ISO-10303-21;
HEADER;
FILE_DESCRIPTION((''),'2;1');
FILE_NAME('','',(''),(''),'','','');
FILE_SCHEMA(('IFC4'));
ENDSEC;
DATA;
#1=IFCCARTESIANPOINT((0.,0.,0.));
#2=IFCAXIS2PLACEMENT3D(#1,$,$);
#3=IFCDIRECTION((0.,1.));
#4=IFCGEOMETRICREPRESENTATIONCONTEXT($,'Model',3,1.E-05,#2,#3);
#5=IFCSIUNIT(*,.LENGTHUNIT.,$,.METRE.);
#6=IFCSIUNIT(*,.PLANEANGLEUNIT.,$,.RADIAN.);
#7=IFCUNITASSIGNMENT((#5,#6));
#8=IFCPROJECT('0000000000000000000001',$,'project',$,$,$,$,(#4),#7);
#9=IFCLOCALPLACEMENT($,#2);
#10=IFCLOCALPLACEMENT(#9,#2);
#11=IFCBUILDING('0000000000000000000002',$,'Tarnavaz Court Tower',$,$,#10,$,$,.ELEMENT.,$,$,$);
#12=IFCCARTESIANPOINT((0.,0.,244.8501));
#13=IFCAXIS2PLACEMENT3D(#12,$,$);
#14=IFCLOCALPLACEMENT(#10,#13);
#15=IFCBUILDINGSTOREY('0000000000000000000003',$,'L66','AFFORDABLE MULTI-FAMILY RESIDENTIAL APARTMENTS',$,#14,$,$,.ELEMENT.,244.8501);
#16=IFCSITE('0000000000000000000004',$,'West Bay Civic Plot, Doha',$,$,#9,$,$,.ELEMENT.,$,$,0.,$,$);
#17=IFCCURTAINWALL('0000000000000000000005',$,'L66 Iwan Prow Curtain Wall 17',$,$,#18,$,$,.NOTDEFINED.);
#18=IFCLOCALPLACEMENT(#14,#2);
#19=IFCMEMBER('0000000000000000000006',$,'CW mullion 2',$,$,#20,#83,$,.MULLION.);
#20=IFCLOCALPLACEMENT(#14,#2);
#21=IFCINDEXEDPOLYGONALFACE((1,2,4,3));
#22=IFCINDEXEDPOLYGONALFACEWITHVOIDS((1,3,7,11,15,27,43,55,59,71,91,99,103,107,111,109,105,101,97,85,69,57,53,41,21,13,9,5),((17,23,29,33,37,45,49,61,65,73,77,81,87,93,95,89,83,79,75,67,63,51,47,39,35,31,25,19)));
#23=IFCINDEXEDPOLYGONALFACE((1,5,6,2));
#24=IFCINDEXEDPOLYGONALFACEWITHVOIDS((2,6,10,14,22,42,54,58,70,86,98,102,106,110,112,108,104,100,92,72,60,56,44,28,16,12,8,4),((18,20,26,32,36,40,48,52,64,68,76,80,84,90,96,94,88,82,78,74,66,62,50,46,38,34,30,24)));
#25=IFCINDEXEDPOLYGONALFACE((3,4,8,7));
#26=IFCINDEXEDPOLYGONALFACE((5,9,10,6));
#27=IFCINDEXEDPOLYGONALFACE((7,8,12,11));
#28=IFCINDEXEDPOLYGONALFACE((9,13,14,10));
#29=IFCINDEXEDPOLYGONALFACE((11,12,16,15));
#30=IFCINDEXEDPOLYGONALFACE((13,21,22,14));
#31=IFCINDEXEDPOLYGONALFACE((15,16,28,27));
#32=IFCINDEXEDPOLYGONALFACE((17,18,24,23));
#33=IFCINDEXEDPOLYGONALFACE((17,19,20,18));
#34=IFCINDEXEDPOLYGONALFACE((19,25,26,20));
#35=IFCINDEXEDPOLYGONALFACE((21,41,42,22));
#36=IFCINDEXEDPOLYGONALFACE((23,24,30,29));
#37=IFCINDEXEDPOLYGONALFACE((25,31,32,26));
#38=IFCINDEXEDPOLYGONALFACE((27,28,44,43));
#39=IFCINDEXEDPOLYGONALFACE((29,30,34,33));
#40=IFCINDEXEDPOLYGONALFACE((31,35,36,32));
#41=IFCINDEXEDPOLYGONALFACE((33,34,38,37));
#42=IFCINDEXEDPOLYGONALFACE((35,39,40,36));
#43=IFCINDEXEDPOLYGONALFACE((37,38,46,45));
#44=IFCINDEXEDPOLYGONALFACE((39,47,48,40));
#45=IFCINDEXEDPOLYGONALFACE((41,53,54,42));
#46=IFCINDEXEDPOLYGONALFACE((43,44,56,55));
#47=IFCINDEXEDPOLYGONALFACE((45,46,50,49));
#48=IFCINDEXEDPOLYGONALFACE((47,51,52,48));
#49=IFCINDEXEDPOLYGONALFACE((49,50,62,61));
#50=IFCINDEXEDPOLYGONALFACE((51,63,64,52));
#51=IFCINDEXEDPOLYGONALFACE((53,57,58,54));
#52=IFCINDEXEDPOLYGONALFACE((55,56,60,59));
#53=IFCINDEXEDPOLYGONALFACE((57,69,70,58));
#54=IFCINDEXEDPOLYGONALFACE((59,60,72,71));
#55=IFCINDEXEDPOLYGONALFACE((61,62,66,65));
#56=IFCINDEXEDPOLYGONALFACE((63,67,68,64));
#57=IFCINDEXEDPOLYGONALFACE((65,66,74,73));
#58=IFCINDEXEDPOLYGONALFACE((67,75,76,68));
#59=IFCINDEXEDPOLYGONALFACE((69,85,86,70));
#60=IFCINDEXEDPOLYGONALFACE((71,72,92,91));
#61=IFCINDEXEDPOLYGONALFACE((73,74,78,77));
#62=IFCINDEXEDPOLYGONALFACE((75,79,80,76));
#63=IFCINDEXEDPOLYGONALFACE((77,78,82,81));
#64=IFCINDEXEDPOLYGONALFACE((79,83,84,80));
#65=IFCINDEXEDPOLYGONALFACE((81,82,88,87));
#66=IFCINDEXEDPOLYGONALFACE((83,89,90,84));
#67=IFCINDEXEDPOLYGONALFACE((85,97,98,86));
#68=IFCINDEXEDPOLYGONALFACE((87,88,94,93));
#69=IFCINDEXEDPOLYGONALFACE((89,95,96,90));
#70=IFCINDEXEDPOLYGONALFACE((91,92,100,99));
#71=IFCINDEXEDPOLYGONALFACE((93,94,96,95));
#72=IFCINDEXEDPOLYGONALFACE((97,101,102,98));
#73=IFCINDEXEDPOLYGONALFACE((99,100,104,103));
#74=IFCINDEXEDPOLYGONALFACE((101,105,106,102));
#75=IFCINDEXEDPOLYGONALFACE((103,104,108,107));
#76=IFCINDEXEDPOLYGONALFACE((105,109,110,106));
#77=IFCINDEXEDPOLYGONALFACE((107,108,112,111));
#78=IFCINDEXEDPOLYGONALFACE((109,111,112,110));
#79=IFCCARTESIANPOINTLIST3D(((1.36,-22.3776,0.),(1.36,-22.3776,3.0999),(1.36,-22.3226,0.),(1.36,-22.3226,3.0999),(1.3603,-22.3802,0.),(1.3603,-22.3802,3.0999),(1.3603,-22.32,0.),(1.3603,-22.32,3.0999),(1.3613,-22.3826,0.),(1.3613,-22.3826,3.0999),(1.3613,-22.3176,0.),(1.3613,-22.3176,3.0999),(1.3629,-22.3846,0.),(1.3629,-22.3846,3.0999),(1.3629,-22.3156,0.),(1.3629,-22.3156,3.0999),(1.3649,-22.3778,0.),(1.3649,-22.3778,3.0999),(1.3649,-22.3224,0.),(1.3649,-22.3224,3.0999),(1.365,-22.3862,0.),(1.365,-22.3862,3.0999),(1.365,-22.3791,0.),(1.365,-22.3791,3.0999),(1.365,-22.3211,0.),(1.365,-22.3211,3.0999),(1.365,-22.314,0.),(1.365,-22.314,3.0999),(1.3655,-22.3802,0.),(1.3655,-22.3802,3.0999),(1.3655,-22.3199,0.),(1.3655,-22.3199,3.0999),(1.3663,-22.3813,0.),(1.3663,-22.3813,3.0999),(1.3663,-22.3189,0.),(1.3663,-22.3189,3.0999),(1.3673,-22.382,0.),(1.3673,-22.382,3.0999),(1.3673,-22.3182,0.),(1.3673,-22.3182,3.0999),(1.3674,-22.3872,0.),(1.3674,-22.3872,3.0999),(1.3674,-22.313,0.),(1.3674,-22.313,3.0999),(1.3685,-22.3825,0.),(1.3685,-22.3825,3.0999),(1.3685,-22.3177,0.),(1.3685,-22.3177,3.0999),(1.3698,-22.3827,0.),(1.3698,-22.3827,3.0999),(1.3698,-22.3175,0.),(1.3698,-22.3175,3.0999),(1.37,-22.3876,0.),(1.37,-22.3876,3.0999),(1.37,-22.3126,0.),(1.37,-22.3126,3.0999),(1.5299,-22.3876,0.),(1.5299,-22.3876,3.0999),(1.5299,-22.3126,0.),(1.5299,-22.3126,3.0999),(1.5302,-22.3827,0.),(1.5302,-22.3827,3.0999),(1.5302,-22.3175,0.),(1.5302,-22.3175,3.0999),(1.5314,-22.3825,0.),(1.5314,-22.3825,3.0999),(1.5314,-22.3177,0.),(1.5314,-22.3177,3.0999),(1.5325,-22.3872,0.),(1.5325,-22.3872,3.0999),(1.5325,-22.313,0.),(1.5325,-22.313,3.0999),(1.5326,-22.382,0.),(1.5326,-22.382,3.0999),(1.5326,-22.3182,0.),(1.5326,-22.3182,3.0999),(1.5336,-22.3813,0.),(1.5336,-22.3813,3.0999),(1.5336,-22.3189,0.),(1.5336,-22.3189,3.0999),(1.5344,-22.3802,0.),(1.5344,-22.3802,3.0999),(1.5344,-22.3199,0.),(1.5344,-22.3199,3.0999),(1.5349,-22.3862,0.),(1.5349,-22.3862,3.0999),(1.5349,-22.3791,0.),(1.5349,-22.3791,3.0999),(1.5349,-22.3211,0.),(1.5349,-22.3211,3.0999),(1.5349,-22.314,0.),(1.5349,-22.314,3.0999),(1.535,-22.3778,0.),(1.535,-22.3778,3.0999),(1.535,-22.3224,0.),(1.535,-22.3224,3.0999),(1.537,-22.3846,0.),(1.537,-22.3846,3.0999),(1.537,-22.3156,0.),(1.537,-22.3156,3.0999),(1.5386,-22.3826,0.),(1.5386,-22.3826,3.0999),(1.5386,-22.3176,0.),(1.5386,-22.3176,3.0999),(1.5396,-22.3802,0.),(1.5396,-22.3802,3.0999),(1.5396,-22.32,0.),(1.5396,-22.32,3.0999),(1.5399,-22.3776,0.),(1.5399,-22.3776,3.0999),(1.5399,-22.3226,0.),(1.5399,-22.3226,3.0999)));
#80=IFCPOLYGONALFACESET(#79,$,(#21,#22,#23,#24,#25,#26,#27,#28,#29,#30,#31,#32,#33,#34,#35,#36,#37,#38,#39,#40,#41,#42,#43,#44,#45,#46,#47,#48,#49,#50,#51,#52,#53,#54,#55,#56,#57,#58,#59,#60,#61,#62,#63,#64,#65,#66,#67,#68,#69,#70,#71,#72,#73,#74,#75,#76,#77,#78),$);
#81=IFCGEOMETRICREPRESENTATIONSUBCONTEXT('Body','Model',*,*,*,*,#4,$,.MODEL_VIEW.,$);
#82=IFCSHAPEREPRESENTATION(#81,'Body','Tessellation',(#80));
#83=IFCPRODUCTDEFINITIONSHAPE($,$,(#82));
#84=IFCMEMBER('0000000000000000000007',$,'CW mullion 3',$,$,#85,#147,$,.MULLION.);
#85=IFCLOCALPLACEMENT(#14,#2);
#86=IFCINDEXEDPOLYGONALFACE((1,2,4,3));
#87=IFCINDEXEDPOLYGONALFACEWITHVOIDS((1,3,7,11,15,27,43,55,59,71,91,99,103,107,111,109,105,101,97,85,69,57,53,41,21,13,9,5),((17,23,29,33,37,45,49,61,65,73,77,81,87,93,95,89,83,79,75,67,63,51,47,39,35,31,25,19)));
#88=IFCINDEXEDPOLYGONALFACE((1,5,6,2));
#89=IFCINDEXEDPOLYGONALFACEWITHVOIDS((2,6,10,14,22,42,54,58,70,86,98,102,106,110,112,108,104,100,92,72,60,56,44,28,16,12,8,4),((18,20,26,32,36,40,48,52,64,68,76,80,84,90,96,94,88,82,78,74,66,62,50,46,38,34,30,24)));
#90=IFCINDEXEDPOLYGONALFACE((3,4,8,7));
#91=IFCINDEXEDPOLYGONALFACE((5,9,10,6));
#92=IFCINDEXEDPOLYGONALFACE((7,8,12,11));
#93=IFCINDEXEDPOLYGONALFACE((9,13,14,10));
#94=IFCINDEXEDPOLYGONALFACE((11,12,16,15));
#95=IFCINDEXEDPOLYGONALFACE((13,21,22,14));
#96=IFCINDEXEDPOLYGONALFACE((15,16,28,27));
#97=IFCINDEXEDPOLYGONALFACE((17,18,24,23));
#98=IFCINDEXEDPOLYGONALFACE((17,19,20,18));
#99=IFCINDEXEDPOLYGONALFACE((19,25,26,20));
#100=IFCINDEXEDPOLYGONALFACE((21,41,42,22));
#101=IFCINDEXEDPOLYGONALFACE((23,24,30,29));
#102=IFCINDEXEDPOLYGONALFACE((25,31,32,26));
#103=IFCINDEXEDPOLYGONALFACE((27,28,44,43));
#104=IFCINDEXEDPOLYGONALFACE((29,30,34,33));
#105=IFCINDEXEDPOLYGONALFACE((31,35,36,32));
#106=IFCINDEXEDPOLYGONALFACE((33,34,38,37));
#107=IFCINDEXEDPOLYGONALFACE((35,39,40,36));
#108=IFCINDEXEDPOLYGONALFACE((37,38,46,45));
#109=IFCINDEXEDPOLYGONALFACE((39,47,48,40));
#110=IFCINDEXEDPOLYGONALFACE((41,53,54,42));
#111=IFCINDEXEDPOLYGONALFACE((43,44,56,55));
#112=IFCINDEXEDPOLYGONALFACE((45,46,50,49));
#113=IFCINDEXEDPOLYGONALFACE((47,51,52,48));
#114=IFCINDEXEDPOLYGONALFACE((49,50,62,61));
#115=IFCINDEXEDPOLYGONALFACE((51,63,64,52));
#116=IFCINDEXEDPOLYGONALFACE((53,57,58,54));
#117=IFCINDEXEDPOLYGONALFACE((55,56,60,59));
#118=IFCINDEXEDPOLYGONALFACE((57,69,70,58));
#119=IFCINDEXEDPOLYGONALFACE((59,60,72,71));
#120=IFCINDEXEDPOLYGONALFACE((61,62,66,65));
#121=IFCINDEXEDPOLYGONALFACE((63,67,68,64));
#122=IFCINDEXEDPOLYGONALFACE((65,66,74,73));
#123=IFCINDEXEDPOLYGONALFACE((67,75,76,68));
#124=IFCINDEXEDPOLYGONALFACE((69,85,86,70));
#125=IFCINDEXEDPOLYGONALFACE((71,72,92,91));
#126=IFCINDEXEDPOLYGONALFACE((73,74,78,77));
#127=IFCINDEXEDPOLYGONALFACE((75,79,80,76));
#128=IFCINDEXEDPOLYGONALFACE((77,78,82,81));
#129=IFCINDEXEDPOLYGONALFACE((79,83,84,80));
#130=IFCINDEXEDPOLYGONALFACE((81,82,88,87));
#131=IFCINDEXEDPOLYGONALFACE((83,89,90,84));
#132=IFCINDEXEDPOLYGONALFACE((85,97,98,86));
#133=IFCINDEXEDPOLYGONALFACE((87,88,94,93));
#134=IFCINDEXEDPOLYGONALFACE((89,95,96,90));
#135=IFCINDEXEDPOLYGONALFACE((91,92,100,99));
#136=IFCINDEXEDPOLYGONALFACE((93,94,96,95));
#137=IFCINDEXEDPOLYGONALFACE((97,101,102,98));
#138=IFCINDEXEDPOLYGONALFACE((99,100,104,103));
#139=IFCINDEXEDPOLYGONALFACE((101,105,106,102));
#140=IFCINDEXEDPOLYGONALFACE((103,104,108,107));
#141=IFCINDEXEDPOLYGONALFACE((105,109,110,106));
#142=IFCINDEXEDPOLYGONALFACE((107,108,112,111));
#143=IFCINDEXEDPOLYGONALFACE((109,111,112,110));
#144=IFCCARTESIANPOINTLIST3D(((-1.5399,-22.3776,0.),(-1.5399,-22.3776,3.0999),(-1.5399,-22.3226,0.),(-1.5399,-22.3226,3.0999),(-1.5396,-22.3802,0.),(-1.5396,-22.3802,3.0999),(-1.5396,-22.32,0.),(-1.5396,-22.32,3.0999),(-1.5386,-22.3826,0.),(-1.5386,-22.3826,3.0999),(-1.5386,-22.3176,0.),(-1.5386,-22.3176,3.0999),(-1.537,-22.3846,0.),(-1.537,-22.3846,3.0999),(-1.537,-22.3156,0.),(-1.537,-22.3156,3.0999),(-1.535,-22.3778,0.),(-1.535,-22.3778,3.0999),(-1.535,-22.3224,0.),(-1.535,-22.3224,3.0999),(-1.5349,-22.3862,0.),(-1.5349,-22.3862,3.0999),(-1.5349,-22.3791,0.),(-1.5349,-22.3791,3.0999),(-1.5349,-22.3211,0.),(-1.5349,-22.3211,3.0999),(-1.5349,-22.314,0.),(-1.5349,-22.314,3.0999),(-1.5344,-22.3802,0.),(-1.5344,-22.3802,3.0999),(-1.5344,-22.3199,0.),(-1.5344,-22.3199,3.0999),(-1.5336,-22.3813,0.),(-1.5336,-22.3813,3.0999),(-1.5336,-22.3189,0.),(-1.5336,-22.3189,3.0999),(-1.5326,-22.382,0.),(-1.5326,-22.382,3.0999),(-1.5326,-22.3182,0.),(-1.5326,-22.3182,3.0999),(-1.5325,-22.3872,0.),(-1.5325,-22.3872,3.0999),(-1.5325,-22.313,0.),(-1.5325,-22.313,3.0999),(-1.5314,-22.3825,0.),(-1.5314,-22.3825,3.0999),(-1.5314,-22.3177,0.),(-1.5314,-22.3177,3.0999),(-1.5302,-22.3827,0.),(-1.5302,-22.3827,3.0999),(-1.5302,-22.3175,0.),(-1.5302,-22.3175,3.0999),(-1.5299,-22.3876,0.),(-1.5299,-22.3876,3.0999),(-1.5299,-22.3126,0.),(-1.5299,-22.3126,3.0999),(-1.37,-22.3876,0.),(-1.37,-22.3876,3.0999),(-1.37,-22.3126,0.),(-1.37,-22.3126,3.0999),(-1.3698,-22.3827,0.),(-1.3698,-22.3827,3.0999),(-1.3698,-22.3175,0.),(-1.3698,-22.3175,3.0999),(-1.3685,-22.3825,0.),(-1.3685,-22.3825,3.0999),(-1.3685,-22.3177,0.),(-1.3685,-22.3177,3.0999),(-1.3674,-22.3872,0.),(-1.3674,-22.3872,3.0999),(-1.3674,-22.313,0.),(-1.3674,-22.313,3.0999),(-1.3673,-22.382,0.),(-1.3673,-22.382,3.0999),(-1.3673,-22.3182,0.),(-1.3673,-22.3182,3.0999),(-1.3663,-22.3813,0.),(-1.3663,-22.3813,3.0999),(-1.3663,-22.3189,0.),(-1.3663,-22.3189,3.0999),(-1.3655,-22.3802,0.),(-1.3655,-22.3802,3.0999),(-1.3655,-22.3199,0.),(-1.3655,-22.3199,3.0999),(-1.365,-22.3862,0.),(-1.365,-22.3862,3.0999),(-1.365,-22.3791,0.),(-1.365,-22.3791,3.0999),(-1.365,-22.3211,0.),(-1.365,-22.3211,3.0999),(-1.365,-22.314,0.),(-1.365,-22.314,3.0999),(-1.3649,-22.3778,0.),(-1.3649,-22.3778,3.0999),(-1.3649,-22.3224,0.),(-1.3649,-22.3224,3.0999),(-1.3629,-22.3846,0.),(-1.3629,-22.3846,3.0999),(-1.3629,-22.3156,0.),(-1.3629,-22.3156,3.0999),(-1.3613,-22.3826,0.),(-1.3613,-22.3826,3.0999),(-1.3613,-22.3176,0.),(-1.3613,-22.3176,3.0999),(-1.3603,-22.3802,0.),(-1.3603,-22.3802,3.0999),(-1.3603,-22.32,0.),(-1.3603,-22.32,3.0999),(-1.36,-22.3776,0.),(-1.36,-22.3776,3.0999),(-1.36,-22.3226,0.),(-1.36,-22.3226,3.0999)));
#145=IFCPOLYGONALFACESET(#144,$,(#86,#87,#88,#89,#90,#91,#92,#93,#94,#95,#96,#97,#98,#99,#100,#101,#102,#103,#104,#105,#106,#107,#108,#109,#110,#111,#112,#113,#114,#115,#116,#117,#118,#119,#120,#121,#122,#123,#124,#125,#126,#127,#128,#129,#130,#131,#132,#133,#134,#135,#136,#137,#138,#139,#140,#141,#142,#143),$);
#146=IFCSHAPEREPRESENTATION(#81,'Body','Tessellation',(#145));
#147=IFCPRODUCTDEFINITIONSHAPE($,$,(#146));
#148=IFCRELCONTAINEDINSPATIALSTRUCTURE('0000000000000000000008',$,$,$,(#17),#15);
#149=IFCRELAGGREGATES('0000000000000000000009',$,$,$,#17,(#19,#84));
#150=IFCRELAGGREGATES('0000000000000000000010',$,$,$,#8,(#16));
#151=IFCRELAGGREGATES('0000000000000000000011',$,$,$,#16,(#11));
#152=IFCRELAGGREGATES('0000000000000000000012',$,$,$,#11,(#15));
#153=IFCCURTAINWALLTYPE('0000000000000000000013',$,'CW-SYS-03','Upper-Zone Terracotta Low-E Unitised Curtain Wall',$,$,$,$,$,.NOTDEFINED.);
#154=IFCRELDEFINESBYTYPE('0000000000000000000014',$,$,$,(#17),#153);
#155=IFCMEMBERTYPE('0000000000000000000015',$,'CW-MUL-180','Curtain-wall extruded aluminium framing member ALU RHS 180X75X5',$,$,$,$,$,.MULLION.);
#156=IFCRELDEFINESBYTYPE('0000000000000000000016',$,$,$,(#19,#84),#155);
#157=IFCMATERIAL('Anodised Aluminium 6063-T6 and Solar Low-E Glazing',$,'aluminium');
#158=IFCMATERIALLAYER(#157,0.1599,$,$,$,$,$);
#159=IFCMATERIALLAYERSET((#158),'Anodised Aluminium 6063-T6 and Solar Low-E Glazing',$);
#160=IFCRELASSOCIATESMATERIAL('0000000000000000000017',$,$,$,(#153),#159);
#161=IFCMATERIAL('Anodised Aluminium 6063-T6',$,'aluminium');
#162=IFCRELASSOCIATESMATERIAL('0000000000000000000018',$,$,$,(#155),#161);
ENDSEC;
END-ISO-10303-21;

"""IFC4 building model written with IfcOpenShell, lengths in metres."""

from ifc_helpers import new_model, si_unit, direction, frame, origin, origin_2d, place, context, subcontext, project, spatial, hollow_rectangle, extrude, material, layer, layer_set, material_profile, profile_set, type_object, element, aggregate, save


model = new_model("IFC4")

# Units and contexts
model_context = context("Model", 3, precision=1e-05, world=origin(), true_north=direction((0.0, 1.0)))
body_context = subcontext(model_context, "Body", "Model", "MODEL_VIEW")
ifc_project = project(units=[si_unit("LENGTHUNIT", "METRE"), si_unit("PLANEANGLEUNIT", "RADIAN")], contexts=[model_context])

# Site, building, storey
site_placement = place(None, origin())
site = spatial("IfcSite", under=ifc_project, at=site_placement, Name="West Bay Civic Plot, Doha", CompositionType="ELEMENT", RefElevation=0.0)
building_placement = place(site_placement, origin())
building = spatial("IfcBuilding", under=site, at=building_placement, Name="Tarnavaz Court Tower", CompositionType="ELEMENT")
storey_placement = place(building_placement, frame((0.0, 0.0, 244.8501)))
storey = spatial("IfcBuildingStorey", under=building, at=storey_placement, Name="L66", Description="AFFORDABLE MULTI-FAMILY RESIDENTIAL APARTMENTS", CompositionType="ELEMENT", Elevation=244.8501)

# Curtain wall, members
ifc_material_1 = material(Name="Anodised Aluminium 6063-T6 and Solar Low-E Glazing", Category="aluminium")
ifc_layer_1 = layer(ifc_material_1, 0.1599)
ifc_layer_set_1 = layer_set([ifc_layer_1], Name="Anodised Aluminium 6063-T6 and Solar Low-E Glazing")
curtain_wall_type = type_object("IfcCurtainWallType", Name="CW-SYS-03", Description="Upper-Zone Terracotta Low-E Unitised Curtain Wall", PredefinedType="NOTDEFINED", material=ifc_layer_set_1)
curtain_wall_placement = place(storey_placement, origin())
curtain_wall = element("IfcCurtainWall", 1, at=curtain_wall_placement, inside=storey, type_object=curtain_wall_type, Name="L66 Iwan Prow Curtain Wall 17", PredefinedType="NOTDEFINED")
ifc_material_2 = material(Name="Anodised Aluminium 6063-T6", Category="aluminium")
ifc_material_profile_1 = material_profile(ifc_material_2, hollow_rectangle(XDim=0.075, YDim=0.1799, WallThickness=0.0049, InnerFilletRadius=0.0049, OuterFilletRadius=0.01, at=origin_2d()), Name="ALU RHS 180X75X5")
ifc_profile_set_1 = profile_set([ifc_material_profile_1], Name="Anodised Aluminium 6063-T6")
member_type_1 = type_object("IfcMemberType", Name="CW-MUL-180", Description="Curtain-wall extruded aluminium framing member ALU RHS 180X75X5", PredefinedType="MULLION", material=ifc_profile_set_1)
member_1_placement = place(storey_placement, frame((1.45, -22.3501, 0.0), z_axis=(0.0, 0.0, 1.0), x_axis=(0.0, -1.0, 0.0)))
member_1 = element("IfcMember", 2, at=member_1_placement, type_object=member_type_1, Name="CW mullion 2", PredefinedType="MULLION", context=body_context, shape_type="SweptSolid", body=[
    extrude(hollow_rectangle(XDim=0.075, YDim=0.1799, WallThickness=0.0049, InnerFilletRadius=0.0049, OuterFilletRadius=0.01, at=origin_2d()), origin(), (0.0, 0.0, 1.0), 3.0999),
])
member_2_placement = place(storey_placement, frame((-1.45, -22.3501, 0.0), z_axis=(0.0, 0.0, 1.0), x_axis=(0.0, -1.0, 0.0)))
member_2 = element("IfcMember", 3, at=member_2_placement, type_object=member_type_1, Name="CW mullion 3", PredefinedType="MULLION", context=body_context, shape_type="SweptSolid", body=[
    extrude(hollow_rectangle(XDim=0.075, YDim=0.1799, WallThickness=0.0049, InnerFilletRadius=0.0049, OuterFilletRadius=0.01, at=origin_2d()), origin(), (0.0, 0.0, 1.0), 3.0999),
])
aggregate(curtain_wall, [member_1, member_2])

save(model, "model.ifc")
